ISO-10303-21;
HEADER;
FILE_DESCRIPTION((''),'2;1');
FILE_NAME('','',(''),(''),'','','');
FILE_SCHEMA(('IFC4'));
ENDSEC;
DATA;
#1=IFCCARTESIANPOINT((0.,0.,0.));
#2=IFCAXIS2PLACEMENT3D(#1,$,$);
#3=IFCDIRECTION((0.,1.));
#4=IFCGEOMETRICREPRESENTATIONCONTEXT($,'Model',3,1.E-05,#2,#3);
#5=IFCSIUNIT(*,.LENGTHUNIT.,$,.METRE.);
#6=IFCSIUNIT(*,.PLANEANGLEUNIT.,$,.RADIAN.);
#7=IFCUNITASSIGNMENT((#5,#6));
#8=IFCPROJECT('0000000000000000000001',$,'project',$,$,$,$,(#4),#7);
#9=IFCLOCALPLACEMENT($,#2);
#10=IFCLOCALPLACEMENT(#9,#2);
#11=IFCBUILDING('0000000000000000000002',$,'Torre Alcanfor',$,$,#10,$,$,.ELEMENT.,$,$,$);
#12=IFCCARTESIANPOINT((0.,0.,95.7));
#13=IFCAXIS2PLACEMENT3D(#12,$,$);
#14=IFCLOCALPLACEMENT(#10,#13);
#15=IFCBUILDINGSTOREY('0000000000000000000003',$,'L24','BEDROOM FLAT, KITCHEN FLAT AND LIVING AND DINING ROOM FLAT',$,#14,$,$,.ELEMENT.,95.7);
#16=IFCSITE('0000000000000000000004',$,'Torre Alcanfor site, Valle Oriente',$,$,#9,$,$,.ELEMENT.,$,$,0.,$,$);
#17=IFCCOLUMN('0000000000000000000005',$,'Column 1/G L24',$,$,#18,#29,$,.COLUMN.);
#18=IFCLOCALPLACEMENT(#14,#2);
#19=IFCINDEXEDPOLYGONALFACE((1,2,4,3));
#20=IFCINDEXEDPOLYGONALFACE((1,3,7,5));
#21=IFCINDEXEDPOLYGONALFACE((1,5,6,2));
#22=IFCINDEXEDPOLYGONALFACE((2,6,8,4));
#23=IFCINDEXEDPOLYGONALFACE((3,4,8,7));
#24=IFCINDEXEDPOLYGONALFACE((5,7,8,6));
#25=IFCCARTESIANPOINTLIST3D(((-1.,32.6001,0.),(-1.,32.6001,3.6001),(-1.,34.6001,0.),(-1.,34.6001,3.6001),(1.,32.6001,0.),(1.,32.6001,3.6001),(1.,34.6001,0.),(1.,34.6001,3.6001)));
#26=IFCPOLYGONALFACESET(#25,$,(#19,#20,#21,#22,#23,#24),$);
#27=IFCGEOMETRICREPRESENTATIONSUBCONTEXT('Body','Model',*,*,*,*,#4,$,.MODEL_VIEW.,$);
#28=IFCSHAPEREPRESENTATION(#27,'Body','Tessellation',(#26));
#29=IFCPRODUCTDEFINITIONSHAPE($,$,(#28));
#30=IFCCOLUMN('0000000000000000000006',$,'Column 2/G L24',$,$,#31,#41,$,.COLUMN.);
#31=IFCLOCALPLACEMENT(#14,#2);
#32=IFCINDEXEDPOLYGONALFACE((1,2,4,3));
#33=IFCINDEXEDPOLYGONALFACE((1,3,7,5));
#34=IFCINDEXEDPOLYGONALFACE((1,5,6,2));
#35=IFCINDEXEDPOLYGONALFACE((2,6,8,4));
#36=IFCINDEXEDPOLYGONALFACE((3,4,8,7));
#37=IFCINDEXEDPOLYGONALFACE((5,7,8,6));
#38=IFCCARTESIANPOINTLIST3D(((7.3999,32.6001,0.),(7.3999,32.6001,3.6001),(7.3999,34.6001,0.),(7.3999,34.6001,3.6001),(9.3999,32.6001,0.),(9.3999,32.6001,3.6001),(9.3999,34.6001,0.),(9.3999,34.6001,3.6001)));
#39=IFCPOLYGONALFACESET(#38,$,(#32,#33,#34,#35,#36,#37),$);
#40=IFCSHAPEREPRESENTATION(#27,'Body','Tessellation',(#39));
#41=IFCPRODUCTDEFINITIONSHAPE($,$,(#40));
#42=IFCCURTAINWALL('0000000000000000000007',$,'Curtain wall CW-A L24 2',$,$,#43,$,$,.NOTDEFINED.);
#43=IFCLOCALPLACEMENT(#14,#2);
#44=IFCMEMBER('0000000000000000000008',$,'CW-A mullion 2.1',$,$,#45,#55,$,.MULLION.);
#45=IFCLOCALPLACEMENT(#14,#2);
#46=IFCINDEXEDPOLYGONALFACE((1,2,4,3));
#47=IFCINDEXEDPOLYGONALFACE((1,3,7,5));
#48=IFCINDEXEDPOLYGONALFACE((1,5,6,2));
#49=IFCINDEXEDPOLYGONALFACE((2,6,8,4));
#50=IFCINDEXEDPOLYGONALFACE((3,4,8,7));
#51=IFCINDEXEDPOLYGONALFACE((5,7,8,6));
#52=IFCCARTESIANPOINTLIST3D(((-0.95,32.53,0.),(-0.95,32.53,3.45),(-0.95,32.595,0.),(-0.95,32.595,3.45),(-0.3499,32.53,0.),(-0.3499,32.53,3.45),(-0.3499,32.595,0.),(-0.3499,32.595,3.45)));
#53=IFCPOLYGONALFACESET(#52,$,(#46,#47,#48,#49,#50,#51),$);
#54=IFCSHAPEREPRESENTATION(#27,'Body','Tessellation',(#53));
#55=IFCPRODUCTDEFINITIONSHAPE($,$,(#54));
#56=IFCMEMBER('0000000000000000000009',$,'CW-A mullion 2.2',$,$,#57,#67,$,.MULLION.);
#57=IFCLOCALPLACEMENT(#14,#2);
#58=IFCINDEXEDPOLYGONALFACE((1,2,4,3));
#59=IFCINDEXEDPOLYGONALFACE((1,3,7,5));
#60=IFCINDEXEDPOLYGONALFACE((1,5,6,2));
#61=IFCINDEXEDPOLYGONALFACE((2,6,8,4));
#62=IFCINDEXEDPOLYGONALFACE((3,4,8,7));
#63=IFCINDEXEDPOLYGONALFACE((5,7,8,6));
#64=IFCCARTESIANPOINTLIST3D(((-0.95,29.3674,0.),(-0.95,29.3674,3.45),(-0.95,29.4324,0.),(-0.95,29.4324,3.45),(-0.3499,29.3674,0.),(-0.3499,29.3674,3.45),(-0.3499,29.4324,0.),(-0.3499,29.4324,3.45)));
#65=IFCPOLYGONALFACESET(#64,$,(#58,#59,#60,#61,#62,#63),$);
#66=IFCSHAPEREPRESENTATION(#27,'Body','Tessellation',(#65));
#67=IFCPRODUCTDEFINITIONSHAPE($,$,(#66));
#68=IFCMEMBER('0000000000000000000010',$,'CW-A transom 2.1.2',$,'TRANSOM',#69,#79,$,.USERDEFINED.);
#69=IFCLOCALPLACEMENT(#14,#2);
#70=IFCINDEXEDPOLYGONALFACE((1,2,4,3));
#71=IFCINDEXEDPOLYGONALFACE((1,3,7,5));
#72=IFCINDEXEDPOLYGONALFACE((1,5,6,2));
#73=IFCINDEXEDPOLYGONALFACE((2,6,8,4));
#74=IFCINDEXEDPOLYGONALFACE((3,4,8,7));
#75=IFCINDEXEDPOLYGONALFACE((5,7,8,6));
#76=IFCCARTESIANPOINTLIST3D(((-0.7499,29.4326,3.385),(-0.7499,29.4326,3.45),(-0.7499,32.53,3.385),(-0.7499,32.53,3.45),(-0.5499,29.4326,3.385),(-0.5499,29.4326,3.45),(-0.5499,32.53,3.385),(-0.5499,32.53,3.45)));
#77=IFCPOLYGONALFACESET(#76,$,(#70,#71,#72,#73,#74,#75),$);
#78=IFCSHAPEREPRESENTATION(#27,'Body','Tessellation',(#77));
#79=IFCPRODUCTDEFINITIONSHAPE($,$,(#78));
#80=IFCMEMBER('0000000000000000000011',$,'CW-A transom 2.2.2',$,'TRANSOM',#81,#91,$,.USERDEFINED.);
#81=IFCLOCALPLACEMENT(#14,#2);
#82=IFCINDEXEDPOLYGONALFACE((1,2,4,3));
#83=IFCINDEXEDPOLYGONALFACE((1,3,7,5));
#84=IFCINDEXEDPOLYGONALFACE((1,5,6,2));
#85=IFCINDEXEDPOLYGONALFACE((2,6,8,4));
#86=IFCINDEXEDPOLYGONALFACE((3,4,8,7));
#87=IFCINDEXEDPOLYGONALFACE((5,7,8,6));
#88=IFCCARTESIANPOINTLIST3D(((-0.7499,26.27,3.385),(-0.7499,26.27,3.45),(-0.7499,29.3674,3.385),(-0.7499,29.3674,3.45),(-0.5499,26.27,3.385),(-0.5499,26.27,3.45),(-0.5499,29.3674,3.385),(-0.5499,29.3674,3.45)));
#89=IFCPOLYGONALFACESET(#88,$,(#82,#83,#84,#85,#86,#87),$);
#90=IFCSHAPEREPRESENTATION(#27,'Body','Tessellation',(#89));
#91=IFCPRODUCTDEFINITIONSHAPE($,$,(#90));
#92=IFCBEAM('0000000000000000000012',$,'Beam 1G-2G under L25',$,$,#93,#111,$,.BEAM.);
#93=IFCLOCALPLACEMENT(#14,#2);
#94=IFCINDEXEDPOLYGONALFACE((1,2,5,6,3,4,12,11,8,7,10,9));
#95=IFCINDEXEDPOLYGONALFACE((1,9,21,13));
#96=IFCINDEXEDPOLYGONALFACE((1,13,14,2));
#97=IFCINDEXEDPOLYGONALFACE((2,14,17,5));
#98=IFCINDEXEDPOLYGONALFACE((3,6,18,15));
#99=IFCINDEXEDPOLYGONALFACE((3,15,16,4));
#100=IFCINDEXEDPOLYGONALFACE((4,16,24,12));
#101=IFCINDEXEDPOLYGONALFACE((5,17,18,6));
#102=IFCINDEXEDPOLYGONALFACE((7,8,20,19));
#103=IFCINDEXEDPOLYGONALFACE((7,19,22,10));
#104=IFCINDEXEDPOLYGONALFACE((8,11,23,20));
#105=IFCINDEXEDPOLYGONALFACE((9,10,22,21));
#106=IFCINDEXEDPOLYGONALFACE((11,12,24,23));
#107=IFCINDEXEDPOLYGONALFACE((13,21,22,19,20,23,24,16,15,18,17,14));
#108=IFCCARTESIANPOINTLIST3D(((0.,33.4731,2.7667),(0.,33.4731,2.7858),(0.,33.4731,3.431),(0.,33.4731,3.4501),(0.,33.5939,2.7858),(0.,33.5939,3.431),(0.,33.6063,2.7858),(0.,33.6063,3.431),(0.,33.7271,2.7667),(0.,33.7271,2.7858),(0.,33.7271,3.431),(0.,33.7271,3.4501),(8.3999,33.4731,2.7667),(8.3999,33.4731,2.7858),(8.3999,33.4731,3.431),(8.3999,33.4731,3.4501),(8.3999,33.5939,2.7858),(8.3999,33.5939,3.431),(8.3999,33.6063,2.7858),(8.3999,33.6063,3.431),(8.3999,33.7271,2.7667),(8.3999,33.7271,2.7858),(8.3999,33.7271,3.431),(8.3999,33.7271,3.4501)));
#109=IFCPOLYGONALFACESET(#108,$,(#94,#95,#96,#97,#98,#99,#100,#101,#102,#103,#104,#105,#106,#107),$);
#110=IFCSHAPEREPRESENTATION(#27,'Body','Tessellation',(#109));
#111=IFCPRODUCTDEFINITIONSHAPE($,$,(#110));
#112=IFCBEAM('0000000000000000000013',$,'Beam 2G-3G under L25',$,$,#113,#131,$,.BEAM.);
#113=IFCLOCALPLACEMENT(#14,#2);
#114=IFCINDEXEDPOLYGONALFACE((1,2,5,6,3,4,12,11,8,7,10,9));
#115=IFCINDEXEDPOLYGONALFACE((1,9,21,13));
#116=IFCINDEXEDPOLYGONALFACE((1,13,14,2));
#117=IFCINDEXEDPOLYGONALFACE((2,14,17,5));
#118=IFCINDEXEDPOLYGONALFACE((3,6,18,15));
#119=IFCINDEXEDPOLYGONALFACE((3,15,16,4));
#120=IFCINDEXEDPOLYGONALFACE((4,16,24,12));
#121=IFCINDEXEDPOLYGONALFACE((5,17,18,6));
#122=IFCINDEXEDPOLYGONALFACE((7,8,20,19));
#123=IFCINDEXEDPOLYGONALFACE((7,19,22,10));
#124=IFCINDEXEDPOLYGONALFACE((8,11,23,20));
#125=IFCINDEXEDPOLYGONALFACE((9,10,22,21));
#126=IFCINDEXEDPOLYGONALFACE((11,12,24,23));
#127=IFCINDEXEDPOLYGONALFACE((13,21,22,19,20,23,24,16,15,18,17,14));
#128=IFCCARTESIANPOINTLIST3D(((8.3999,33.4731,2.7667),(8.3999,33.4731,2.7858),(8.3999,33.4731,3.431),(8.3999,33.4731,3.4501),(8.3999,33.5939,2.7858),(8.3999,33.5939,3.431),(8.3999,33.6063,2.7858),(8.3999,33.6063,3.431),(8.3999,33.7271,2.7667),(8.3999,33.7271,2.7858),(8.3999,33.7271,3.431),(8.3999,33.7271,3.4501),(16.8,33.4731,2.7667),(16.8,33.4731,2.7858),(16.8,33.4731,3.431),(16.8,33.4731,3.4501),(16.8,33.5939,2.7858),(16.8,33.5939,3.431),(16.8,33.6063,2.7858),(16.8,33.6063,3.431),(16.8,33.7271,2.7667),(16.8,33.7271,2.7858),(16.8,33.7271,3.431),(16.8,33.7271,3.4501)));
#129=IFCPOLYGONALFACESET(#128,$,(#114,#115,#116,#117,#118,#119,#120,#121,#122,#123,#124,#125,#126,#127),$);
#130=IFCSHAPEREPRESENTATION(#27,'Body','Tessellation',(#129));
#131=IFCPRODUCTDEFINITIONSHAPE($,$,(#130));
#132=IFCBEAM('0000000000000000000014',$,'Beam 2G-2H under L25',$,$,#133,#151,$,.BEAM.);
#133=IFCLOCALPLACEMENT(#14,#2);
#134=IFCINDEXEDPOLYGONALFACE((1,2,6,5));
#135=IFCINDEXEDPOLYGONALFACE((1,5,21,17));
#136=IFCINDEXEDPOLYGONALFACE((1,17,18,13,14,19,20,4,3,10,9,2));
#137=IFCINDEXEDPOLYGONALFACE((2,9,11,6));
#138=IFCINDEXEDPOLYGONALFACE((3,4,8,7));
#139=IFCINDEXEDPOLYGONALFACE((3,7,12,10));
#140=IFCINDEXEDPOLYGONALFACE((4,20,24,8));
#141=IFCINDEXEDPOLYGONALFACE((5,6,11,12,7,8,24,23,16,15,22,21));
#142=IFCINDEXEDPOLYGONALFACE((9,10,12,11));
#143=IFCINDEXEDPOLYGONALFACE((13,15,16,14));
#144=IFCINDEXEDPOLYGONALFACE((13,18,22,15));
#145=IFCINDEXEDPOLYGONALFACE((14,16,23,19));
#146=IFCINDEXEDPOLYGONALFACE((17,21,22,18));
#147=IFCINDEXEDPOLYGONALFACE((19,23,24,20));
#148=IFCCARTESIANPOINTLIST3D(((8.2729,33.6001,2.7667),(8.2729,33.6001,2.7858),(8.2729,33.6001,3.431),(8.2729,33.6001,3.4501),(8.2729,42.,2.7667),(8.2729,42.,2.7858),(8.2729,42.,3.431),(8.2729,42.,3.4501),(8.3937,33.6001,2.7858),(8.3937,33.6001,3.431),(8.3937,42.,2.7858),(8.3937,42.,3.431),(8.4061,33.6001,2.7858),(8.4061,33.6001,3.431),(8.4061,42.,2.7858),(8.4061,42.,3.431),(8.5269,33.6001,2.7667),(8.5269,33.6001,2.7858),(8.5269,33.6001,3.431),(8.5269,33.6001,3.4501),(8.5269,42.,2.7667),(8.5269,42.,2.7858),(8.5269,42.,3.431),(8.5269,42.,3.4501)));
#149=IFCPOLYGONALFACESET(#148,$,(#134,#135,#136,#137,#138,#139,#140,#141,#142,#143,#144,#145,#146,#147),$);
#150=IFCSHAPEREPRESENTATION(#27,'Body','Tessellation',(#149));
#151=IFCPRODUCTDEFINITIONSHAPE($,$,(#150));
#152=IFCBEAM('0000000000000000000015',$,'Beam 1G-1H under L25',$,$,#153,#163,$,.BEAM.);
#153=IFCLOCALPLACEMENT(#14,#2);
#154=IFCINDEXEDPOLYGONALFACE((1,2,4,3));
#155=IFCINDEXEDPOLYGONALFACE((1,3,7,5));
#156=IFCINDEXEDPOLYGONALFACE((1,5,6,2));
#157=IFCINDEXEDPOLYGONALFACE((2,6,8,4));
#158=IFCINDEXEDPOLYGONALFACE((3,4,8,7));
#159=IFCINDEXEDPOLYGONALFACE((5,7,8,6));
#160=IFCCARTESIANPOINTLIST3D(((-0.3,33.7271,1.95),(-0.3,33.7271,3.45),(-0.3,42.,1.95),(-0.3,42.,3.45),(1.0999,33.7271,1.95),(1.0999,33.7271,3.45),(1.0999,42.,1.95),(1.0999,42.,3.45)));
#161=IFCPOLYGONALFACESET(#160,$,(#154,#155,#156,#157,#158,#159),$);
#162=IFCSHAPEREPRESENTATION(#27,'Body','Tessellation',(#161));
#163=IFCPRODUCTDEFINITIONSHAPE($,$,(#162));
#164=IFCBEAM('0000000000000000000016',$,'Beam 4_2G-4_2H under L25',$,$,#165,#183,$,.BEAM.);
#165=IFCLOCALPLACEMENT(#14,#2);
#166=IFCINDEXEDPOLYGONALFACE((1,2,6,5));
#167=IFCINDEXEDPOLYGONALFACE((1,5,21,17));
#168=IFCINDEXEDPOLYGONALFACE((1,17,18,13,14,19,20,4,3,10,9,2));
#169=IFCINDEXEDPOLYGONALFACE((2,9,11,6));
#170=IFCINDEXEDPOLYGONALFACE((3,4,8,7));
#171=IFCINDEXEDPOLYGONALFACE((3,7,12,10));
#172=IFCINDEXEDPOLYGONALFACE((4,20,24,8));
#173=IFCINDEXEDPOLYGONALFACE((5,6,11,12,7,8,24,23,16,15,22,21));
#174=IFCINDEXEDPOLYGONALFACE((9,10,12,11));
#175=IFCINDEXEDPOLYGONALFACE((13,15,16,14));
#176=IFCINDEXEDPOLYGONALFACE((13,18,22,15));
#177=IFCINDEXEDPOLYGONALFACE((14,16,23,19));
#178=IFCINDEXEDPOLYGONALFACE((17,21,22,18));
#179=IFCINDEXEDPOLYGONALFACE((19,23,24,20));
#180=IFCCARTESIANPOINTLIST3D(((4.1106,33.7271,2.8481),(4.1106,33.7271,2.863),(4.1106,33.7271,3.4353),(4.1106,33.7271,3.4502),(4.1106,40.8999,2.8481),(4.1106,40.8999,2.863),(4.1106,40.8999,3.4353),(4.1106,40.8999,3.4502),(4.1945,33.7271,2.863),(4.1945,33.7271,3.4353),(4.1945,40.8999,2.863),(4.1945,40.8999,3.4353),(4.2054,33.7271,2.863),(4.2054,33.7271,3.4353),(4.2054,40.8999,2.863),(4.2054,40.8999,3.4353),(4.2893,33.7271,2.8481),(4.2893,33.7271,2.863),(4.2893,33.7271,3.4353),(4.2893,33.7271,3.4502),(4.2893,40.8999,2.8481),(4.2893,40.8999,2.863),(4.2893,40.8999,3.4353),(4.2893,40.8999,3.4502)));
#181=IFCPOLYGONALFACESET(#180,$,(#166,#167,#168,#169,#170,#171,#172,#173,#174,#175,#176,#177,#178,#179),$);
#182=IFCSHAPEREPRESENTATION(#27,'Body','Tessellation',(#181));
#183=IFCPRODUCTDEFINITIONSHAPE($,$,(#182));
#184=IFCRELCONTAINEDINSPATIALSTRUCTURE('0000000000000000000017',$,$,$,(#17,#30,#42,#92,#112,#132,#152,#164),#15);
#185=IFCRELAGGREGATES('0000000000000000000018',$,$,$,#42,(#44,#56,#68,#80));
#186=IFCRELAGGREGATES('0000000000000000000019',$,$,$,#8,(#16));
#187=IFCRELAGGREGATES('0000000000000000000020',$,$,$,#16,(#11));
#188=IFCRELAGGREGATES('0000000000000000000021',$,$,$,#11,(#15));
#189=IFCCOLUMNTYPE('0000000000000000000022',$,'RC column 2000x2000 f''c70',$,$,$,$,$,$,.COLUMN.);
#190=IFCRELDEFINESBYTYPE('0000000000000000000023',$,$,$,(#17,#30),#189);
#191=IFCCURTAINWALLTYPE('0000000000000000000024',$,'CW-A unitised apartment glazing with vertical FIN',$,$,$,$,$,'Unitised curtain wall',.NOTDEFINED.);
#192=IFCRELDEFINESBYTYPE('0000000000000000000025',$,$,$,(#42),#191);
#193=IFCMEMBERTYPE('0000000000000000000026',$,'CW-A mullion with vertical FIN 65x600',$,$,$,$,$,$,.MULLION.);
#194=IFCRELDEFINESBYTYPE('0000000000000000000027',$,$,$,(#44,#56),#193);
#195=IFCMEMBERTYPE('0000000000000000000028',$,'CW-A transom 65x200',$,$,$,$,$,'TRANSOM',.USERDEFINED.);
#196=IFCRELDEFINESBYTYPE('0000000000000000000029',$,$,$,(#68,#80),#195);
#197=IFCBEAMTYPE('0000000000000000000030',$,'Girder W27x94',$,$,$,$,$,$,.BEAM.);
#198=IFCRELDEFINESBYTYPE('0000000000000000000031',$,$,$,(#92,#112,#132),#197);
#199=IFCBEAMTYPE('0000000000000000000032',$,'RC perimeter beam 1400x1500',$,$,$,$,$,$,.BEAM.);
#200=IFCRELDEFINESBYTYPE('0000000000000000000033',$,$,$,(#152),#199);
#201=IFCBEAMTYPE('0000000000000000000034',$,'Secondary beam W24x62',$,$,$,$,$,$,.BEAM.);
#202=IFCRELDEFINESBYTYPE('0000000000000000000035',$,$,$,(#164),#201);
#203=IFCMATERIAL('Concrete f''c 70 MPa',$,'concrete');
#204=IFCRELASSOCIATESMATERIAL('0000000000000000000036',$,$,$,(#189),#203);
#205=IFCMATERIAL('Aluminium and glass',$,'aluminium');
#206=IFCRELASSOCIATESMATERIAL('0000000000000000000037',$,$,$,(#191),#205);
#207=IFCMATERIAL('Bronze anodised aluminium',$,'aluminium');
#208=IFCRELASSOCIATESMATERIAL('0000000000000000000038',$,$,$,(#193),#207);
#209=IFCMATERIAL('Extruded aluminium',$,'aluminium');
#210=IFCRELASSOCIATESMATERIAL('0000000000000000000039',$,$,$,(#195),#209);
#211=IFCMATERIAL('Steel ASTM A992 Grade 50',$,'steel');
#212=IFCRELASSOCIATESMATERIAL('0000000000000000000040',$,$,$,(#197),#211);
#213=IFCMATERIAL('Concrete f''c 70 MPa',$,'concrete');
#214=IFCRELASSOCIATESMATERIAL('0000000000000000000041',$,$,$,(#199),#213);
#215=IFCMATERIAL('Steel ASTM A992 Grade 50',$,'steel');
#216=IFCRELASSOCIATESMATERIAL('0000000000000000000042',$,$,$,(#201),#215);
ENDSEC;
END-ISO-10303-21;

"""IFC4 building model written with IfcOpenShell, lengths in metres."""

from ifc_helpers import new_model, si_unit, direction, frame, origin, origin_2d, place, context, subcontext, project, spatial, rectangle, i_section, extrude, material, material_profile, profile_set, type_object, element, aggregate, save


model = new_model("IFC4")

# Units and contexts
model_context = context("Model", 3, precision=1e-05, world=origin(), true_north=direction((0.0, 1.0)))
body_context = subcontext(model_context, "Body", "Model", "MODEL_VIEW")
ifc_project = project(units=[si_unit("LENGTHUNIT", "METRE"), si_unit("PLANEANGLEUNIT", "RADIAN")], contexts=[model_context])

# Site, building, storey
site_placement = place(None, origin())
site = spatial("IfcSite", under=ifc_project, at=site_placement, Name="Torre Alcanfor site, Valle Oriente", CompositionType="ELEMENT", RefElevation=0.0)
building_placement = place(site_placement, origin())
building = spatial("IfcBuilding", under=site, at=building_placement, Name="Torre Alcanfor", CompositionType="ELEMENT")
storey_placement = place(building_placement, frame((0.0, 0.0, 95.7)))
storey = spatial("IfcBuildingStorey", under=building, at=storey_placement, Name="L24", Description="BEDROOM FLAT, KITCHEN FLAT AND LIVING AND DINING ROOM FLAT", CompositionType="ELEMENT", Elevation=95.7)

# Columns
ifc_material_1 = material(Name="Concrete f'c 70 MPa", Category="concrete")
ifc_material_profile_1 = material_profile(ifc_material_1, rectangle(XDim=2.0, YDim=2.0, at=origin_2d()), Name="2000x2000")
ifc_profile_set_1 = profile_set([ifc_material_profile_1], Name="Concrete f'c 70 MPa")
column_type = type_object("IfcColumnType", Name="RC column 2000x2000 f'c70", PredefinedType="COLUMN", material=ifc_profile_set_1)
for number, where, z_axis, x_axis, name in (
    (1, (0.0, 33.6001, 0.0), (0.0, 0.0, 1.0), (1.0, 0.0, 0.0), "Column 1/G L24"),
    (2, (8.3999, 33.6001, 0.0), (0.0, 0.0, 1.0), (1.0, 0.0, 0.0), "Column 2/G L24"),
):
    element("IfcColumn", number, at=place(storey_placement, frame(where, z_axis=z_axis, x_axis=x_axis)), inside=storey, type_object=column_type, Name=name, PredefinedType="COLUMN", context=body_context, shape_type="SweptSolid", body=[
        extrude(rectangle(XDim=2.0, YDim=2.0, at=origin_2d()), origin(), (0.0, 0.0, 1.0), 3.6001),
    ])

# Curtain wall, members
ifc_material_2 = material(Name="Aluminium and glass", Category="aluminium")
curtain_wall_type = type_object("IfcCurtainWallType", Name="CW-A unitised apartment glazing with vertical FIN", ElementType="Unitised curtain wall", PredefinedType="NOTDEFINED", material=ifc_material_2)
curtain_wall_placement = place(storey_placement, origin())
curtain_wall = element("IfcCurtainWall", 3, at=curtain_wall_placement, inside=storey, type_object=curtain_wall_type, Name="Curtain wall CW-A L24 2", PredefinedType="NOTDEFINED")
ifc_material_3 = material(Name="Bronze anodised aluminium", Category="aluminium")
ifc_material_profile_2 = material_profile(ifc_material_3, rectangle(XDim=0.6001, YDim=0.0649, at=origin_2d()), Name="CW-A mullion 65x600")
ifc_profile_set_2 = profile_set([ifc_material_profile_2], Name="Bronze anodised aluminium")
member_type_1 = type_object("IfcMemberType", Name="CW-A mullion with vertical FIN 65x600", PredefinedType="MULLION", material=ifc_profile_set_2)
member_1_placement = place(storey_placement, frame((-0.6499, 32.5625, 0.0), z_axis=(0.0, 0.0, 1.0), x_axis=(1.0, 0.0, 0.0)))
member_1 = element("IfcMember", 4, at=member_1_placement, type_object=member_type_1, Name="CW-A mullion 2.1", PredefinedType="MULLION", context=body_context, shape_type="SweptSolid", body=[
    extrude(rectangle(XDim=0.6001, YDim=0.0649, at=origin_2d()), origin(), (0.0, 0.0, 1.0), 3.45),
])
member_2_placement = place(storey_placement, frame((-0.6499, 29.3999, 0.0), z_axis=(0.0, 0.0, 1.0), x_axis=(1.0, 0.0, 0.0)))
member_2 = element("IfcMember", 5, at=member_2_placement, type_object=member_type_1, Name="CW-A mullion 2.2", PredefinedType="MULLION", context=body_context, shape_type="SweptSolid", body=[
    extrude(rectangle(XDim=0.6001, YDim=0.0649, at=origin_2d()), origin(), (0.0, 0.0, 1.0), 3.45),
])
ifc_material_4 = material(Name="Extruded aluminium", Category="aluminium")
ifc_material_profile_3 = material_profile(ifc_material_4, rectangle(XDim=0.2, YDim=0.0649, at=origin_2d()), Name="CW-A transom 200x65")
ifc_profile_set_3 = profile_set([ifc_material_profile_3], Name="Extruded aluminium")
member_type_2 = type_object("IfcMemberType", Name="CW-A transom 65x200", ElementType="TRANSOM", PredefinedType="USERDEFINED", material=ifc_profile_set_3)
member_3_placement = place(storey_placement, frame((-0.6499, 32.53, 3.4175), z_axis=(0.0, -1.0, 0.0), x_axis=(1.0, 0.0, 0.0)))
member_3 = element("IfcMember", 6, at=member_3_placement, type_object=member_type_2, Name="CW-A transom 2.1.2", ObjectType="TRANSOM", PredefinedType="USERDEFINED", context=body_context, shape_type="SweptSolid", body=[
    extrude(rectangle(XDim=0.2, YDim=0.0649, at=origin_2d()), origin(), (0.0, 0.0, 1.0), 3.0974),
])
member_4_placement = place(storey_placement, frame((-0.6499, 29.3674, 3.4175), z_axis=(0.0, -1.0, 0.0), x_axis=(1.0, 0.0, 0.0)))
member_4 = element("IfcMember", 7, at=member_4_placement, type_object=member_type_2, Name="CW-A transom 2.2.2", ObjectType="TRANSOM", PredefinedType="USERDEFINED", context=body_context, shape_type="SweptSolid", body=[
    extrude(rectangle(XDim=0.2, YDim=0.0649, at=origin_2d()), origin(), (0.0, 0.0, 1.0), 3.0974),
])

# Beams
ifc_material_5 = material(Name="Steel ASTM A992 Grade 50", Category="steel")
ifc_material_profile_4 = material_profile(ifc_material_5, i_section(OverallWidth=0.2539, OverallDepth=0.6833, WebThickness=0.0125, FlangeThickness=0.019, at=origin_2d()), Name="W27x94")
ifc_profile_set_4 = profile_set([ifc_material_profile_4], Name="Steel ASTM A992 Grade 50")
beam_type_1 = type_object("IfcBeamType", Name="Girder W27x94", PredefinedType="BEAM", material=ifc_profile_set_4)
beam_1_placement = place(storey_placement, frame((0.0, 33.6001, 3.1084), z_axis=(1.0, 0.0, 0.0), x_axis=(0.0, 1.0, 0.0)))
element("IfcBeam", 8, at=beam_1_placement, inside=storey, type_object=beam_type_1, Name="Beam 1G-2G under L25", PredefinedType="BEAM", context=body_context, shape_type="SweptSolid", body=[
    extrude(i_section(OverallWidth=0.2539, OverallDepth=0.6833, WebThickness=0.0125, FlangeThickness=0.019, at=origin_2d()), origin(), (0.0, 0.0, 1.0), 8.3999),
])
beam_2_placement = place(storey_placement, frame((8.3999, 33.6001, 3.1084), z_axis=(1.0, 0.0, 0.0), x_axis=(0.0, 1.0, 0.0)))
element("IfcBeam", 9, at=beam_2_placement, inside=storey, type_object=beam_type_1, Name="Beam 2G-3G under L25", PredefinedType="BEAM", context=body_context, shape_type="SweptSolid", body=[
    extrude(i_section(OverallWidth=0.2539, OverallDepth=0.6833, WebThickness=0.0125, FlangeThickness=0.019, at=origin_2d()), origin(), (0.0, 0.0, 1.0), 8.4001),
])
beam_3_placement = place(storey_placement, frame((8.3999, 33.6001, 3.1084), z_axis=(0.0, 1.0, 0.0), x_axis=(-1.0, 0.0, 0.0)))
element("IfcBeam", 10, at=beam_3_placement, inside=storey, type_object=beam_type_1, Name="Beam 2G-2H under L25", PredefinedType="BEAM", context=body_context, shape_type="SweptSolid", body=[
    extrude(i_section(OverallWidth=0.2539, OverallDepth=0.6833, WebThickness=0.0125, FlangeThickness=0.019, at=origin_2d()), origin(), (0.0, 0.0, 1.0), 8.3999),
])
ifc_material_6 = material(Name="Concrete f'c 70 MPa", Category="concrete")
ifc_material_profile_5 = material_profile(ifc_material_6, rectangle(XDim=1.3999, YDim=1.5, at=origin_2d()), Name="1400x1500")
ifc_profile_set_5 = profile_set([ifc_material_profile_5], Name="Concrete f'c 70 MPa")
beam_type_2 = type_object("IfcBeamType", Name="RC perimeter beam 1400x1500", PredefinedType="BEAM", material=ifc_profile_set_5)
beam_4_placement = place(storey_placement, frame((0.3999, 33.7271, 2.7), z_axis=(0.0, 1.0, 0.0), x_axis=(-1.0, 0.0, 0.0)))
element("IfcBeam", 11, at=beam_4_placement, inside=storey, type_object=beam_type_2, Name="Beam 1G-1H under L25", PredefinedType="BEAM", context=body_context, shape_type="SweptSolid", body=[
    extrude(rectangle(XDim=1.3999, YDim=1.5, at=origin_2d()), origin(), (0.0, 0.0, 1.0), 8.2729),
])
ifc_material_7 = material(Name="Steel ASTM A992 Grade 50", Category="steel")
ifc_material_profile_6 = material_profile(ifc_material_7, i_section(OverallWidth=0.1787, OverallDepth=0.6021, WebThickness=0.011, FlangeThickness=0.0149, at=origin_2d()), Name="W24x62")
ifc_profile_set_6 = profile_set([ifc_material_profile_6], Name="Steel ASTM A992 Grade 50")
beam_type_3 = type_object("IfcBeamType", Name="Secondary beam W24x62", PredefinedType="BEAM", material=ifc_profile_set_6)
beam_5_placement = place(storey_placement, frame((4.2, 33.7271, 3.1492), z_axis=(0.0, 1.0, 0.0), x_axis=(-1.0, 0.0, 0.0)))
element("IfcBeam", 12, at=beam_5_placement, inside=storey, type_object=beam_type_3, Name="Beam 4_2G-4_2H under L25", PredefinedType="BEAM", context=body_context, shape_type="SweptSolid", body=[
    extrude(i_section(OverallWidth=0.1787, OverallDepth=0.6021, WebThickness=0.011, FlangeThickness=0.0149, at=origin_2d()), origin(), (0.0, 0.0, 1.0), 7.1729),
])

aggregate(curtain_wall, [member_1, member_2, member_3, member_4])

save(model, "model.ifc")
